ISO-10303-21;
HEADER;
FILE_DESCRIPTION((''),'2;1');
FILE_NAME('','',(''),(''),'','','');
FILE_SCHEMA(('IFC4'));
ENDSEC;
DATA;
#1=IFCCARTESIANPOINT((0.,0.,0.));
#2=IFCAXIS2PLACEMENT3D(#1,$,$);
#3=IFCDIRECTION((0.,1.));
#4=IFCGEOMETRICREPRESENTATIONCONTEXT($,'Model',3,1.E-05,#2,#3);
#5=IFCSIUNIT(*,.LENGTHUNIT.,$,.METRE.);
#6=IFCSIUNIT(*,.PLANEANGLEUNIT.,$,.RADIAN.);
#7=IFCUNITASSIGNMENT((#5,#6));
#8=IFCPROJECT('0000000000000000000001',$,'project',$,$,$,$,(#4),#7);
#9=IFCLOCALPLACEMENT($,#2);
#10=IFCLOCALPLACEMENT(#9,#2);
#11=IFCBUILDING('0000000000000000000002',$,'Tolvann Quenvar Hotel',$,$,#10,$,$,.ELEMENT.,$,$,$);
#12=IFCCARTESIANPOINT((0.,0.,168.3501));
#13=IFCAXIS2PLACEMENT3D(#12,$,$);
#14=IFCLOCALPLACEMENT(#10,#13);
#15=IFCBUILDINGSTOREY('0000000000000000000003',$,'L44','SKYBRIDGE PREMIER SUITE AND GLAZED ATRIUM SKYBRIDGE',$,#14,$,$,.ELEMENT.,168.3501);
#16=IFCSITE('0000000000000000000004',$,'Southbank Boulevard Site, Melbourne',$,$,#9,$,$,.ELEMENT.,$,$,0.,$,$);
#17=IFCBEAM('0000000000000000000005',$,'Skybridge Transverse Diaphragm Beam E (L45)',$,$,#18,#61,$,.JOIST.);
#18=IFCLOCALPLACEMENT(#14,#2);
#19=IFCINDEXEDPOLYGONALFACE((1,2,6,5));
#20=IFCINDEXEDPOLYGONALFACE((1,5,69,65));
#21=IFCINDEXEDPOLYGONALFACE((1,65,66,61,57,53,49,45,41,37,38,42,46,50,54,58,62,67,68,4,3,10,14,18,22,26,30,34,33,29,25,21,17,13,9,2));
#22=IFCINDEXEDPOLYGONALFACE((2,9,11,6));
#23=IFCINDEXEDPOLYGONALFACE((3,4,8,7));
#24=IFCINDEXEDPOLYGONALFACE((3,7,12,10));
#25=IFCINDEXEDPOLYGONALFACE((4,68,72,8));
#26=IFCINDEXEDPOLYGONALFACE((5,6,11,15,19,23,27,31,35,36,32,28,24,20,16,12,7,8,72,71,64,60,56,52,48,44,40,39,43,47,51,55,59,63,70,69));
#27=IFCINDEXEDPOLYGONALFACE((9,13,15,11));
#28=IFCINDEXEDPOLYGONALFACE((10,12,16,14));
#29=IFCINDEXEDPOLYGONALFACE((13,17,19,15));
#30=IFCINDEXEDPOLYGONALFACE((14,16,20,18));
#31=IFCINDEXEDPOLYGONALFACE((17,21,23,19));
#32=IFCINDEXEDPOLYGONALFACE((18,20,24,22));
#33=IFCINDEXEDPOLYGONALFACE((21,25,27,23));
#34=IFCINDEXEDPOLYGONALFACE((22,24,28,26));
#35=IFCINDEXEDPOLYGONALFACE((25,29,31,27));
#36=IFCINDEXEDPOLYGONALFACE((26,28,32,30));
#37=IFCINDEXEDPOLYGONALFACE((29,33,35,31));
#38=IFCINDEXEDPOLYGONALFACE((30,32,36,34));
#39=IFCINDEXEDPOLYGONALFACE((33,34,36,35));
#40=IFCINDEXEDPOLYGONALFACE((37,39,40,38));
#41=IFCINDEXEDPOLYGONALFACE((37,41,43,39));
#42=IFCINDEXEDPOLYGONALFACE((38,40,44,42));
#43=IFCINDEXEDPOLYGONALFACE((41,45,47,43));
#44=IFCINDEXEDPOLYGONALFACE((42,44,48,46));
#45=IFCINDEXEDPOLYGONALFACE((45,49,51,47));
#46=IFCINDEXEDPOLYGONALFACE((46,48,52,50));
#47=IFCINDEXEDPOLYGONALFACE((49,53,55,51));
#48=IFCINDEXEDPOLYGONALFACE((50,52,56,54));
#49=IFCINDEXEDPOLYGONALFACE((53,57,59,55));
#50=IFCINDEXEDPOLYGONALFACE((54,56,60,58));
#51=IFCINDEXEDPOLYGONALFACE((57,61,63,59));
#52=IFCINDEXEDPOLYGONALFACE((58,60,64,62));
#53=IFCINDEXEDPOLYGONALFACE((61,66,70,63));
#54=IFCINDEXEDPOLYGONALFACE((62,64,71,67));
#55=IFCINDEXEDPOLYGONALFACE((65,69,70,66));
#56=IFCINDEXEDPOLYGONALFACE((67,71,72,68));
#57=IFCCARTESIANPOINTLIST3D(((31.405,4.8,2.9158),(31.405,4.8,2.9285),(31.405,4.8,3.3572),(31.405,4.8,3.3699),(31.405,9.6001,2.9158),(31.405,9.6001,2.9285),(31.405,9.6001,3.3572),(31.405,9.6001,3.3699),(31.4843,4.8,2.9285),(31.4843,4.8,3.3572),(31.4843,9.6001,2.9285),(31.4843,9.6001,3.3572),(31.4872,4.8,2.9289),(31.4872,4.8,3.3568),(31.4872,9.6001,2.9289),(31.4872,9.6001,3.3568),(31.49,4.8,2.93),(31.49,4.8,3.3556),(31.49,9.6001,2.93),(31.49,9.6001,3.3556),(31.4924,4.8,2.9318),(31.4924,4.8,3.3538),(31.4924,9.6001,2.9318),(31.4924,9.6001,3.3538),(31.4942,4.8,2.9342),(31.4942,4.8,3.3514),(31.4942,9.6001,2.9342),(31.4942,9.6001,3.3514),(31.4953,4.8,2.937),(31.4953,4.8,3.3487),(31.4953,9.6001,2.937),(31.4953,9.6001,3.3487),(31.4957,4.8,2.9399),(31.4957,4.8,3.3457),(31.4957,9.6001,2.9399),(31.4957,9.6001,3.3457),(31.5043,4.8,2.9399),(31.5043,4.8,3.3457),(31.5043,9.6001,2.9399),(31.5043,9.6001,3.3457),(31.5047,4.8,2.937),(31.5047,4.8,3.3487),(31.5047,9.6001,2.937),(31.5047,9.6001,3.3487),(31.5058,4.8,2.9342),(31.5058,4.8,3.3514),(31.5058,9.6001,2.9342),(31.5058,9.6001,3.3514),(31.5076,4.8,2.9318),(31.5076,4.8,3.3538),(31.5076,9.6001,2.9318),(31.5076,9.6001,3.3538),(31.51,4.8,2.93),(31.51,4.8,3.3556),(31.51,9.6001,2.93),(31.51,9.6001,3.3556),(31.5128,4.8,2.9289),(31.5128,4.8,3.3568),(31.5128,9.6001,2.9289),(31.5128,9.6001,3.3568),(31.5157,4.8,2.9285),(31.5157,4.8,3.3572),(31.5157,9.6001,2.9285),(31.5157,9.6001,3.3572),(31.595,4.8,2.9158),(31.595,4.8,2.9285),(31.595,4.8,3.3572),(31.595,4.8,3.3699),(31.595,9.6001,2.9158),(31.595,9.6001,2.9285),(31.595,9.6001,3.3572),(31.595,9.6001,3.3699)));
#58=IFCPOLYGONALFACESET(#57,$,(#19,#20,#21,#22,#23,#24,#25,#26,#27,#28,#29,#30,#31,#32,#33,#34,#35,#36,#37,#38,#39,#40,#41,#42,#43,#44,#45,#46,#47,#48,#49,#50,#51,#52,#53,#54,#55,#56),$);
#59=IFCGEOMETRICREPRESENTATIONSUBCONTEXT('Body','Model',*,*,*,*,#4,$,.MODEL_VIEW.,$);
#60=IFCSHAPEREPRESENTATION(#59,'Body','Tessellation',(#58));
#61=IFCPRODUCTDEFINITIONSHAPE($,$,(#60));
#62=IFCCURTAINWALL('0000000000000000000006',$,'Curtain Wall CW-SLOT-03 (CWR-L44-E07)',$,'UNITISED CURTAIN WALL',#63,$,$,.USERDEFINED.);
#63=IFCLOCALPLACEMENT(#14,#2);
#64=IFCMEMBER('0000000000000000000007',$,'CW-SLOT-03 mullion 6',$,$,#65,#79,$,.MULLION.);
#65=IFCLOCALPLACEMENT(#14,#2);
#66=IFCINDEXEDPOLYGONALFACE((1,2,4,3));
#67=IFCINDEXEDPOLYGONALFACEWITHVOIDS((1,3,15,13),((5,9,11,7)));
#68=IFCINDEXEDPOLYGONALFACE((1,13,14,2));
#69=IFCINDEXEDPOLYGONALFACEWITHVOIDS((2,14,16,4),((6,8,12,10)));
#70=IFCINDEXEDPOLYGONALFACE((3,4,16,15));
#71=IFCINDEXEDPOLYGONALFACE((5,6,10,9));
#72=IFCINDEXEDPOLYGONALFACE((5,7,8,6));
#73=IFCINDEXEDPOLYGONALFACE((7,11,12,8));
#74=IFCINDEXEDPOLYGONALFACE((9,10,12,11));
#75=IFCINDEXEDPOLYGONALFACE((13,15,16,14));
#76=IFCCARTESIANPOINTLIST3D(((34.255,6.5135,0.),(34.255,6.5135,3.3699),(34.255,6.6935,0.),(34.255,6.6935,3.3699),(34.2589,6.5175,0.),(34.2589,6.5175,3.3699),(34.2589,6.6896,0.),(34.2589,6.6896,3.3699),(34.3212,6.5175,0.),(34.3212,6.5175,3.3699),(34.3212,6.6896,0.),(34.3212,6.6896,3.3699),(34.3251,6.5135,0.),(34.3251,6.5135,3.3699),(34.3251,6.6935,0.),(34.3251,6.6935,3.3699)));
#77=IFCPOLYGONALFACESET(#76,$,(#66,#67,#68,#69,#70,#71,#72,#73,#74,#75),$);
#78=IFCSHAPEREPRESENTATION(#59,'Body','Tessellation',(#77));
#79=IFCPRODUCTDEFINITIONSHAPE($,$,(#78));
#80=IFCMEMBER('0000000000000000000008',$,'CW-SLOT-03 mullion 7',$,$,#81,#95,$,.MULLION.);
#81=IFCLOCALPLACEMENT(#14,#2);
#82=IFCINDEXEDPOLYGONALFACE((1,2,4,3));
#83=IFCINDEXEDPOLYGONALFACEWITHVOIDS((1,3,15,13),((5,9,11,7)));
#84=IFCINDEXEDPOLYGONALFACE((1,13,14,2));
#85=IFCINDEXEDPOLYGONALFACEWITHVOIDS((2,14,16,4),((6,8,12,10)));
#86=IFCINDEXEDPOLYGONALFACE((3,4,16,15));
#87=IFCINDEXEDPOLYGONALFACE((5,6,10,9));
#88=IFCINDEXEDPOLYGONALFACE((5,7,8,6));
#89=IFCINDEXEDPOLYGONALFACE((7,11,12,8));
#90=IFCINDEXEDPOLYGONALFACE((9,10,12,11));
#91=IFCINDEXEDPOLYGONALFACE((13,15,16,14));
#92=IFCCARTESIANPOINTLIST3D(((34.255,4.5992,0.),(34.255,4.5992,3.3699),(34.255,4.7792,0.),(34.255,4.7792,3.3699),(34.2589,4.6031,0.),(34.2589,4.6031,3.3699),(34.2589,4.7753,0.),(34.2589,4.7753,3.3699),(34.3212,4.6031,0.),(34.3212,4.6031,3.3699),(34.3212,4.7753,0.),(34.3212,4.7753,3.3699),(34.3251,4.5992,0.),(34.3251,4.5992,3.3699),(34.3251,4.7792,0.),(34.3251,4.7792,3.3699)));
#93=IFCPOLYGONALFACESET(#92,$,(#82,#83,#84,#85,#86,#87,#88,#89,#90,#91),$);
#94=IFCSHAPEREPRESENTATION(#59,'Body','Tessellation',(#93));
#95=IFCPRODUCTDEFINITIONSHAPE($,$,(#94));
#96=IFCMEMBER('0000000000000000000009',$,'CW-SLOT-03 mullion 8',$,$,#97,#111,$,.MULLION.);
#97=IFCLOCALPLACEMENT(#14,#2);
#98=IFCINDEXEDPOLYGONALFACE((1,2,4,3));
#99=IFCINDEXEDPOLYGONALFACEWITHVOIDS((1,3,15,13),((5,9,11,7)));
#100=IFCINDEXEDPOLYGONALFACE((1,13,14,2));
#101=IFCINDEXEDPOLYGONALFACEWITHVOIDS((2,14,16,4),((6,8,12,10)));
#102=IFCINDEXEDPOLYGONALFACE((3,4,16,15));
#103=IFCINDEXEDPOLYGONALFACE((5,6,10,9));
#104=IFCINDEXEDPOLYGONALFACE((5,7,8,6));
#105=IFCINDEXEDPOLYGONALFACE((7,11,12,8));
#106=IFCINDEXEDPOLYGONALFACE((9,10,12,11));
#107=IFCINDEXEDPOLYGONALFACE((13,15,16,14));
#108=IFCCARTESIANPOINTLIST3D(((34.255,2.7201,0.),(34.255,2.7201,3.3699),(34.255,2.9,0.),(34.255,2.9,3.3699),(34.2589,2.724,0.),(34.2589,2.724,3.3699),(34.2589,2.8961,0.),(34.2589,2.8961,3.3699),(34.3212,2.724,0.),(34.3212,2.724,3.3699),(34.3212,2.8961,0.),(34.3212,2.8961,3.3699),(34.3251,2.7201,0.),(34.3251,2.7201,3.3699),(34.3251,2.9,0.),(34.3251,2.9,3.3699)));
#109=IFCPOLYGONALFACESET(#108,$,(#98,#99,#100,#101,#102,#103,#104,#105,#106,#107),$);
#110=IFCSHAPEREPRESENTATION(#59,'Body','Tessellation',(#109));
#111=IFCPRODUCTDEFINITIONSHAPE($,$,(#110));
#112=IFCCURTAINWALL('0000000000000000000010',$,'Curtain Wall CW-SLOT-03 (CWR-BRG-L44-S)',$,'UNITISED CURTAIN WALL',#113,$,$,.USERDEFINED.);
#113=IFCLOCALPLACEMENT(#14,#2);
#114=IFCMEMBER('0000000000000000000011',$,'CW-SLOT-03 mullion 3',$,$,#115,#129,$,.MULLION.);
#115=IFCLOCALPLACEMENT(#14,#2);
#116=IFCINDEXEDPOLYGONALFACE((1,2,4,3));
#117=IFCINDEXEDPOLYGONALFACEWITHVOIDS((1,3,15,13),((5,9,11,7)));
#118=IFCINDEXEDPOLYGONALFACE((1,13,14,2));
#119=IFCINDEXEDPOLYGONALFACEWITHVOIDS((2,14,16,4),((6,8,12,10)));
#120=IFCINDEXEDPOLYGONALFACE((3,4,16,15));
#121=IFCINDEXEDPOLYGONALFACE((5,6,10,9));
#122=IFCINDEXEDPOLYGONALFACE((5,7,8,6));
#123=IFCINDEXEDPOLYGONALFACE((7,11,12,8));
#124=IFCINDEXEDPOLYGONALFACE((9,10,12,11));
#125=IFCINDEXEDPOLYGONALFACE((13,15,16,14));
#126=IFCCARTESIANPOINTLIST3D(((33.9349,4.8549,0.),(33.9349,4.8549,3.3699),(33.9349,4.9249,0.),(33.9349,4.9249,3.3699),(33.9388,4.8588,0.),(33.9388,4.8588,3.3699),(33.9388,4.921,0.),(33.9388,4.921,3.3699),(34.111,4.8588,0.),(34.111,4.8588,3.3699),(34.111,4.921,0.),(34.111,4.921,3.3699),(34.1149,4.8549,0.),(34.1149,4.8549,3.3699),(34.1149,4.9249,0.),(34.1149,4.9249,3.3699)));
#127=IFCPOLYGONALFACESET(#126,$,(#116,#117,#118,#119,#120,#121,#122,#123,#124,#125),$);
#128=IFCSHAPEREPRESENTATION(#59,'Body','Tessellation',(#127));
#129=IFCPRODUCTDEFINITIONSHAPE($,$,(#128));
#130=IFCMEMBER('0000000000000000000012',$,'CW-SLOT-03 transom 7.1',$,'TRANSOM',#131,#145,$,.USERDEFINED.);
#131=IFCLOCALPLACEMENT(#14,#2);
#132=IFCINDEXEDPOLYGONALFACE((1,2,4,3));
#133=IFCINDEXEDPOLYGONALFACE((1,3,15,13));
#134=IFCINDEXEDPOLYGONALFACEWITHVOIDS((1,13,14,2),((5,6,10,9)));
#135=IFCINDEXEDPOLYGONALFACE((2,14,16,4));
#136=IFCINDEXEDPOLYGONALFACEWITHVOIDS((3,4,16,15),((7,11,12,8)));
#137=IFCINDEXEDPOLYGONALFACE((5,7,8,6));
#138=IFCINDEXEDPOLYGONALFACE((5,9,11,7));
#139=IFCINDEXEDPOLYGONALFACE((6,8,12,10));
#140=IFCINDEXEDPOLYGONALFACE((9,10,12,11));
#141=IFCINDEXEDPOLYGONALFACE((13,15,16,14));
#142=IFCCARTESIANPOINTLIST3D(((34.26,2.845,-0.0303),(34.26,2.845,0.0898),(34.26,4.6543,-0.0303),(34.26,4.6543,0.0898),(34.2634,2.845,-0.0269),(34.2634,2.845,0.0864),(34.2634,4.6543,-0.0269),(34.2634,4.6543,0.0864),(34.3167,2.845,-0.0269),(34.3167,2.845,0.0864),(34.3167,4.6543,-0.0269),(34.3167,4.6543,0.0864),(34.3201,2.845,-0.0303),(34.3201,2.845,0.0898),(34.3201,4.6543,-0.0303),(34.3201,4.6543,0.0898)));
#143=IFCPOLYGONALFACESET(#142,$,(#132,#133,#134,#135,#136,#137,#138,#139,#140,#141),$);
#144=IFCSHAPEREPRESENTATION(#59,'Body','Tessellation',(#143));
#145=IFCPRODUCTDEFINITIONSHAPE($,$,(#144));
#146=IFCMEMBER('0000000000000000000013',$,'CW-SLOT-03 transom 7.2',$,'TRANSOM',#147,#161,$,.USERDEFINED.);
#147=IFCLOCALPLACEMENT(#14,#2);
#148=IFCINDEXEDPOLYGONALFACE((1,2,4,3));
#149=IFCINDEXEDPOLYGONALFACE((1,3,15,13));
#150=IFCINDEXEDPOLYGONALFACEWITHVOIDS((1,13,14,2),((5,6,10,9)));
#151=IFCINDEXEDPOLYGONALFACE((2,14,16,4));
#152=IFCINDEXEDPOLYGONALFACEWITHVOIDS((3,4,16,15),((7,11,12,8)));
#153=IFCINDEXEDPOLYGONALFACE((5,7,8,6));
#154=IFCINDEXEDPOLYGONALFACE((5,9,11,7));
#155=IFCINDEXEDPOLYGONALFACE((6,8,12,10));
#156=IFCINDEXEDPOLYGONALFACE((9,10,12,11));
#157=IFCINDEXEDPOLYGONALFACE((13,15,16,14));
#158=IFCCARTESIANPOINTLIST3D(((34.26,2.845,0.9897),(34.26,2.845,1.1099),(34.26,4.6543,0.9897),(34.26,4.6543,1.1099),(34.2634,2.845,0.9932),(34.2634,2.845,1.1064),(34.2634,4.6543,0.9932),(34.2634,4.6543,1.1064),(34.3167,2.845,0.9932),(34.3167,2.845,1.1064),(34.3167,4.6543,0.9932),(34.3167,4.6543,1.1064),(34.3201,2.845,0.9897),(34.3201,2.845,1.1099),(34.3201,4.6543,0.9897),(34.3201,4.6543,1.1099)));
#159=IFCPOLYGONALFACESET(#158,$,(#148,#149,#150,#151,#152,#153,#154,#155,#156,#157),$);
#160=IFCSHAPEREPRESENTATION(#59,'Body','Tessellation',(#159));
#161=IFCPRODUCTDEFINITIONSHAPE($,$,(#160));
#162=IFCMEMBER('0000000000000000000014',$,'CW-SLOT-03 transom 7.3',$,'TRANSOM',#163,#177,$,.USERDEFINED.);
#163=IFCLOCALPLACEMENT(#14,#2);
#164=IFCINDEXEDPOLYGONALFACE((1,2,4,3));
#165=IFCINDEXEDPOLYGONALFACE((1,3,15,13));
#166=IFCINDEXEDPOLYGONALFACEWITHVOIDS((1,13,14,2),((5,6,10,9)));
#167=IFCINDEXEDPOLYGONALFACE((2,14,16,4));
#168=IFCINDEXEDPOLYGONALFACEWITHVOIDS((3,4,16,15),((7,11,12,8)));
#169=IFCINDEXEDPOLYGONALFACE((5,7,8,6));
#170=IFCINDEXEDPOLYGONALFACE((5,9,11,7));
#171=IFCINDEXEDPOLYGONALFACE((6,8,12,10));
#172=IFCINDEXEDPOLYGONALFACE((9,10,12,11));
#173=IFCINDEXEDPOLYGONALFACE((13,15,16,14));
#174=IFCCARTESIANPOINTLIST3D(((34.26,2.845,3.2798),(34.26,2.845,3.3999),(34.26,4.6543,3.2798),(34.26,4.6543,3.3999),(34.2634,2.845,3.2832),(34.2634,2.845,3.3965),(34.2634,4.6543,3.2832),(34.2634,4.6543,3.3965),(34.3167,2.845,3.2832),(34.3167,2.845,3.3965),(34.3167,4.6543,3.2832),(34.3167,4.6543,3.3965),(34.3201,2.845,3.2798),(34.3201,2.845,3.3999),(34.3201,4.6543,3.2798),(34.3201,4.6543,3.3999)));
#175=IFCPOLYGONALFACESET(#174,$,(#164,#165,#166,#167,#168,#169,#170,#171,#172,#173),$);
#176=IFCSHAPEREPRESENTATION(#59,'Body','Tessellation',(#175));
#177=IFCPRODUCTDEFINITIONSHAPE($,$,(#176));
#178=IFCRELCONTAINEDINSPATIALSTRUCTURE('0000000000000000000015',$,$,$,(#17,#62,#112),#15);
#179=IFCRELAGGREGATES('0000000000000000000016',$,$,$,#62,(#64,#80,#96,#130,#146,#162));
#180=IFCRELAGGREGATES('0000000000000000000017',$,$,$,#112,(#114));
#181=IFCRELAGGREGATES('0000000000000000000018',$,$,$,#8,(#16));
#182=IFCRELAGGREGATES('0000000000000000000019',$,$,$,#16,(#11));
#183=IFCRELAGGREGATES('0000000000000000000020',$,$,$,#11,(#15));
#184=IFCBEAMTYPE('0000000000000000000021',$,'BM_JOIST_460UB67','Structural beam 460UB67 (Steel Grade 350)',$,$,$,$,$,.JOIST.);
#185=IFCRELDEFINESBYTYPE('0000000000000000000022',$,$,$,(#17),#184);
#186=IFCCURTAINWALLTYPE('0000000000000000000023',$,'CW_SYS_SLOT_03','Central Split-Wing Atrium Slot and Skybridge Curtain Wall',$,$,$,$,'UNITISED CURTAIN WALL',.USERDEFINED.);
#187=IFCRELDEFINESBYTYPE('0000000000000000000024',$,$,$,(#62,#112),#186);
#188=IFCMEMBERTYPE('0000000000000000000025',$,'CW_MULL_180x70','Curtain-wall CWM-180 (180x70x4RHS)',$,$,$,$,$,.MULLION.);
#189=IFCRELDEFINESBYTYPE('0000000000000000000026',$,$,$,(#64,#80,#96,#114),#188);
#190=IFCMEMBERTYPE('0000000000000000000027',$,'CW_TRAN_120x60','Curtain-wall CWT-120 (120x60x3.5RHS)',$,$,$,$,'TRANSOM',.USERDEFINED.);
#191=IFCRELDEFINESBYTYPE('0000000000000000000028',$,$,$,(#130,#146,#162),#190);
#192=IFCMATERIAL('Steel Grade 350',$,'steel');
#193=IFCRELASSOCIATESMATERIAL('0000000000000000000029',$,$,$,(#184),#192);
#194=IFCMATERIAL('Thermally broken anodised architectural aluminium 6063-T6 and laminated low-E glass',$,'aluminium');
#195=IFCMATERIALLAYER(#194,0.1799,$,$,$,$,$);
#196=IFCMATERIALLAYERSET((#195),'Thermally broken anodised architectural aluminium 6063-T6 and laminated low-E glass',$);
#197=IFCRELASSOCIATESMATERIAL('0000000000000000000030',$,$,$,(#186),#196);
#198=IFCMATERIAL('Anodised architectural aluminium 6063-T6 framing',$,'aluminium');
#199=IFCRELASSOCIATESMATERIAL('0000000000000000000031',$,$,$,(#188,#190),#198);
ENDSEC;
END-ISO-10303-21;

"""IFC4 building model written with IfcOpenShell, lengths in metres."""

from ifc_helpers import new_model, si_unit, direction, frame, origin, origin_2d, place, context, subcontext, project, spatial, hollow_rectangle, i_section, extrude, source, transform, mapped, material, layer, layer_set, material_profile, profile_set, type_object, type_shapes, element, aggregate, save


model = new_model("IFC4")

# Units and contexts
model_context = context("Model", 3, precision=1e-05, world=origin(), true_north=direction((0.0, 1.0)))
body_context = subcontext(model_context, "Body", "Model", "MODEL_VIEW")
ifc_project = project(units=[si_unit("LENGTHUNIT", "METRE"), si_unit("PLANEANGLEUNIT", "RADIAN")], contexts=[model_context])

# Site, building, storey
site_placement = place(None, origin())
site = spatial("IfcSite", under=ifc_project, at=site_placement, Name="Southbank Boulevard Site, Melbourne", CompositionType="ELEMENT", RefElevation=0.0)
building_placement = place(site_placement, origin())
building = spatial("IfcBuilding", under=site, at=building_placement, Name="Tolvann Quenvar Hotel", CompositionType="ELEMENT")
storey_placement = place(building_placement, frame((0.0, 0.0, 168.3501)))
storey = spatial("IfcBuildingStorey", under=building, at=storey_placement, Name="L44", Description="SKYBRIDGE PREMIER SUITE AND GLAZED ATRIUM SKYBRIDGE", CompositionType="ELEMENT", Elevation=168.3501)

# Beam
ifc_material_1 = material(Name="Steel Grade 350", Category="steel")
ifc_material_profile_1 = material_profile(ifc_material_1, i_section(OverallWidth=0.1899, OverallDepth=0.4541, WebThickness=0.0085, FlangeThickness=0.0127, FilletRadius=0.0115, at=origin_2d()), Name="460UB67")
ifc_profile_set_1 = profile_set([ifc_material_profile_1], Name="Steel Grade 350")
beam_type_1 = type_object("IfcBeamType", Name="BM_JOIST_460UB67", Description="Structural beam 460UB67 (Steel Grade 350)", PredefinedType="JOIST", material=ifc_profile_set_1)
shared_shape_1 = source(origin(), body_context, "Body", "SweptSolid", [
    extrude(i_section(OverallWidth=0.1899, OverallDepth=0.4541, WebThickness=0.0085, FlangeThickness=0.0127, FilletRadius=0.0115, at=origin_2d()), origin(), (0.0, 0.0, 1.0), 4.8),
])
type_shapes(beam_type_1, [shared_shape_1])
beam_1_placement = place(storey_placement, frame((31.5, 4.8, 3.1428), z_axis=(0.0, 1.0, 0.0), x_axis=(-1.0, 0.0, 0.0)))
element("IfcBeam", 1, at=beam_1_placement, inside=storey, type_object=beam_type_1, Name="Skybridge Transverse Diaphragm Beam E (L45)", PredefinedType="JOIST", context=body_context, shape_type="MappedRepresentation", body=[
    mapped(shared_shape_1, transform((0.0, 0.0, 0.0), x_axis=(1.0, 0.0, 0.0), y_axis=(0.0, 1.0, 0.0), z_axis=(0.0, 0.0, 1.0), scale=1.0)),
])

# Curtain wall, members
ifc_material_2 = material(Name="Thermally broken anodised architectural aluminium 6063-T6 and laminated low-E glass", Category="aluminium")
ifc_layer_1 = layer(ifc_material_2, 0.1799)
ifc_layer_set_1 = layer_set([ifc_layer_1], Name="Thermally broken anodised architectural aluminium 6063-T6 and laminated low-E glass")
curtain_wall_type = type_object("IfcCurtainWallType", Name="CW_SYS_SLOT_03", Description="Central Split-Wing Atrium Slot and Skybridge Curtain Wall", ElementType="UNITISED CURTAIN WALL", PredefinedType="USERDEFINED", material=ifc_layer_set_1)
curtain_wall_1_placement = place(storey_placement, origin())
curtain_wall_1 = element("IfcCurtainWall", 2, at=curtain_wall_1_placement, inside=storey, type_object=curtain_wall_type, Name="Curtain Wall CW-SLOT-03 (CWR-L44-E07)", ObjectType="UNITISED CURTAIN WALL", PredefinedType="USERDEFINED")
ifc_material_3 = material(Name="Anodised architectural aluminium 6063-T6 framing", Category="aluminium")
ifc_material_profile_2 = material_profile(ifc_material_3, hollow_rectangle(XDim=0.0701, YDim=0.1799, WallThickness=0.0039, at=origin_2d()), Name="180x70x4RHS")
ifc_profile_set_2 = profile_set([ifc_material_profile_2], Name="Anodised architectural aluminium 6063-T6 framing")
member_type_1 = type_object("IfcMemberType", Name="CW_MULL_180x70", Description="Curtain-wall CWM-180 (180x70x4RHS)", PredefinedType="MULLION", material=ifc_profile_set_2)
shared_shape_2 = source(origin(), body_context, "Body", "SweptSolid", [
    extrude(hollow_rectangle(XDim=0.0701, YDim=0.1799, WallThickness=0.0039, at=origin_2d()), origin(), (0.0, 0.0, 1.0), 3.3699),
])
type_shapes(member_type_1, [shared_shape_2])
member_1_placement = place(storey_placement, frame((34.29, 6.6035, 0.0), z_axis=(0.0, 0.0, 1.0), x_axis=(1.0, 0.0, 0.0)))
member_1 = element("IfcMember", 3, at=member_1_placement, type_object=member_type_1, Name="CW-SLOT-03 mullion 6", PredefinedType="MULLION", context=body_context, shape_type="MappedRepresentation", body=[
    mapped(shared_shape_2, transform((0.0, 0.0, 0.0), x_axis=(1.0, 0.0, 0.0), y_axis=(0.0, 1.0, 0.0), z_axis=(0.0, 0.0, 1.0), scale=1.0)),
])
member_2_placement = place(storey_placement, frame((34.29, 4.6892, 0.0), z_axis=(0.0, 0.0, 1.0), x_axis=(1.0, 0.0, 0.0)))
member_2 = element("IfcMember", 4, at=member_2_placement, type_object=member_type_1, Name="CW-SLOT-03 mullion 7", PredefinedType="MULLION", context=body_context, shape_type="MappedRepresentation", body=[
    mapped(shared_shape_2, transform((0.0, 0.0, 0.0), x_axis=(1.0, 0.0, 0.0), y_axis=(0.0, 1.0, 0.0), z_axis=(0.0, 0.0, 1.0), scale=1.0)),
])
member_3_placement = place(storey_placement, frame((34.29, 2.8101, 0.0), z_axis=(0.0, 0.0, 1.0), x_axis=(1.0, 0.0, 0.0)))
member_3 = element("IfcMember", 5, at=member_3_placement, type_object=member_type_1, Name="CW-SLOT-03 mullion 8", PredefinedType="MULLION", context=body_context, shape_type="MappedRepresentation", body=[
    mapped(shared_shape_2, transform((0.0, 0.0, 0.0), x_axis=(1.0, 0.0, 0.0), y_axis=(0.0, 1.0, 0.0), z_axis=(0.0, 0.0, 1.0), scale=1.0)),
])

# Curtain wall, member
curtain_wall_2_placement = place(storey_placement, origin())
curtain_wall_2 = element("IfcCurtainWall", 6, at=curtain_wall_2_placement, inside=storey, type_object=curtain_wall_type, Name="Curtain Wall CW-SLOT-03 (CWR-BRG-L44-S)", ObjectType="UNITISED CURTAIN WALL", PredefinedType="USERDEFINED")
member_4_placement = place(storey_placement, frame((34.0249, 4.8899, 0.0), z_axis=(0.0, 0.0, 1.0), x_axis=(0.0, 1.0, 0.0)))
member_4 = element("IfcMember", 7, at=member_4_placement, type_object=member_type_1, Name="CW-SLOT-03 mullion 3", PredefinedType="MULLION", context=body_context, shape_type="MappedRepresentation", body=[
    mapped(shared_shape_2, transform((0.0, 0.0, 0.0), x_axis=(1.0, 0.0, 0.0), y_axis=(0.0, 1.0, 0.0), z_axis=(0.0, 0.0, 1.0), scale=1.0)),
])

# Members
ifc_material_profile_3 = material_profile(ifc_material_3, hollow_rectangle(XDim=0.0601, YDim=0.1201, WallThickness=0.0034, at=origin_2d()), Name="120x60x3.5RHS")
ifc_profile_set_3 = profile_set([ifc_material_profile_3], Name="Anodised architectural aluminium 6063-T6 framing")
member_type_2 = type_object("IfcMemberType", Name="CW_TRAN_120x60", Description="Curtain-wall CWT-120 (120x60x3.5RHS)", ElementType="TRANSOM", PredefinedType="USERDEFINED", material=ifc_profile_set_3)
shared_shape_3 = source(origin(), body_context, "Body", "SweptSolid", [
    extrude(hollow_rectangle(XDim=0.0601, YDim=0.1201, WallThickness=0.0034, at=origin_2d()), origin(), (0.0, 0.0, 1.0), 1.8093),
])
member_5_placement = place(storey_placement, frame((34.29, 4.6543, 0.0298), z_axis=(0.0, -1.0, 0.0), x_axis=(1.0, 0.0, 0.0)))
member_5 = element("IfcMember", 8, at=member_5_placement, type_object=member_type_2, Name="CW-SLOT-03 transom 7.1", ObjectType="TRANSOM", PredefinedType="USERDEFINED", context=body_context, shape_type="MappedRepresentation", body=[
    mapped(shared_shape_3, transform((0.0, 0.0, 0.0), x_axis=(1.0, 0.0, 0.0), y_axis=(0.0, 1.0, 0.0), z_axis=(0.0, 0.0, 1.0), scale=1.0)),
])
member_6_placement = place(storey_placement, frame((34.29, 4.6543, 1.0498), z_axis=(0.0, -1.0, 0.0), x_axis=(1.0, 0.0, 0.0)))
member_6 = element("IfcMember", 9, at=member_6_placement, type_object=member_type_2, Name="CW-SLOT-03 transom 7.2", ObjectType="TRANSOM", PredefinedType="USERDEFINED", context=body_context, shape_type="MappedRepresentation", body=[
    mapped(shared_shape_3, transform((0.0, 0.0, 0.0), x_axis=(1.0, 0.0, 0.0), y_axis=(0.0, 1.0, 0.0), z_axis=(0.0, 0.0, 1.0), scale=1.0)),
])
member_7_placement = place(storey_placement, frame((34.29, 4.6543, 3.3398), z_axis=(0.0, -1.0, 0.0), x_axis=(1.0, 0.0, 0.0)))
member_7 = element("IfcMember", 10, at=member_7_placement, type_object=member_type_2, Name="CW-SLOT-03 transom 7.3", ObjectType="TRANSOM", PredefinedType="USERDEFINED", context=body_context, shape_type="MappedRepresentation", body=[
    mapped(shared_shape_3, transform((0.0, 0.0, 0.0), x_axis=(1.0, 0.0, 0.0), y_axis=(0.0, 1.0, 0.0), z_axis=(0.0, 0.0, 1.0), scale=1.0)),
])

aggregate(curtain_wall_1, [member_1, member_2, member_3, member_5, member_6, member_7])
aggregate(curtain_wall_2, [member_4])

save(model, "model.ifc")
